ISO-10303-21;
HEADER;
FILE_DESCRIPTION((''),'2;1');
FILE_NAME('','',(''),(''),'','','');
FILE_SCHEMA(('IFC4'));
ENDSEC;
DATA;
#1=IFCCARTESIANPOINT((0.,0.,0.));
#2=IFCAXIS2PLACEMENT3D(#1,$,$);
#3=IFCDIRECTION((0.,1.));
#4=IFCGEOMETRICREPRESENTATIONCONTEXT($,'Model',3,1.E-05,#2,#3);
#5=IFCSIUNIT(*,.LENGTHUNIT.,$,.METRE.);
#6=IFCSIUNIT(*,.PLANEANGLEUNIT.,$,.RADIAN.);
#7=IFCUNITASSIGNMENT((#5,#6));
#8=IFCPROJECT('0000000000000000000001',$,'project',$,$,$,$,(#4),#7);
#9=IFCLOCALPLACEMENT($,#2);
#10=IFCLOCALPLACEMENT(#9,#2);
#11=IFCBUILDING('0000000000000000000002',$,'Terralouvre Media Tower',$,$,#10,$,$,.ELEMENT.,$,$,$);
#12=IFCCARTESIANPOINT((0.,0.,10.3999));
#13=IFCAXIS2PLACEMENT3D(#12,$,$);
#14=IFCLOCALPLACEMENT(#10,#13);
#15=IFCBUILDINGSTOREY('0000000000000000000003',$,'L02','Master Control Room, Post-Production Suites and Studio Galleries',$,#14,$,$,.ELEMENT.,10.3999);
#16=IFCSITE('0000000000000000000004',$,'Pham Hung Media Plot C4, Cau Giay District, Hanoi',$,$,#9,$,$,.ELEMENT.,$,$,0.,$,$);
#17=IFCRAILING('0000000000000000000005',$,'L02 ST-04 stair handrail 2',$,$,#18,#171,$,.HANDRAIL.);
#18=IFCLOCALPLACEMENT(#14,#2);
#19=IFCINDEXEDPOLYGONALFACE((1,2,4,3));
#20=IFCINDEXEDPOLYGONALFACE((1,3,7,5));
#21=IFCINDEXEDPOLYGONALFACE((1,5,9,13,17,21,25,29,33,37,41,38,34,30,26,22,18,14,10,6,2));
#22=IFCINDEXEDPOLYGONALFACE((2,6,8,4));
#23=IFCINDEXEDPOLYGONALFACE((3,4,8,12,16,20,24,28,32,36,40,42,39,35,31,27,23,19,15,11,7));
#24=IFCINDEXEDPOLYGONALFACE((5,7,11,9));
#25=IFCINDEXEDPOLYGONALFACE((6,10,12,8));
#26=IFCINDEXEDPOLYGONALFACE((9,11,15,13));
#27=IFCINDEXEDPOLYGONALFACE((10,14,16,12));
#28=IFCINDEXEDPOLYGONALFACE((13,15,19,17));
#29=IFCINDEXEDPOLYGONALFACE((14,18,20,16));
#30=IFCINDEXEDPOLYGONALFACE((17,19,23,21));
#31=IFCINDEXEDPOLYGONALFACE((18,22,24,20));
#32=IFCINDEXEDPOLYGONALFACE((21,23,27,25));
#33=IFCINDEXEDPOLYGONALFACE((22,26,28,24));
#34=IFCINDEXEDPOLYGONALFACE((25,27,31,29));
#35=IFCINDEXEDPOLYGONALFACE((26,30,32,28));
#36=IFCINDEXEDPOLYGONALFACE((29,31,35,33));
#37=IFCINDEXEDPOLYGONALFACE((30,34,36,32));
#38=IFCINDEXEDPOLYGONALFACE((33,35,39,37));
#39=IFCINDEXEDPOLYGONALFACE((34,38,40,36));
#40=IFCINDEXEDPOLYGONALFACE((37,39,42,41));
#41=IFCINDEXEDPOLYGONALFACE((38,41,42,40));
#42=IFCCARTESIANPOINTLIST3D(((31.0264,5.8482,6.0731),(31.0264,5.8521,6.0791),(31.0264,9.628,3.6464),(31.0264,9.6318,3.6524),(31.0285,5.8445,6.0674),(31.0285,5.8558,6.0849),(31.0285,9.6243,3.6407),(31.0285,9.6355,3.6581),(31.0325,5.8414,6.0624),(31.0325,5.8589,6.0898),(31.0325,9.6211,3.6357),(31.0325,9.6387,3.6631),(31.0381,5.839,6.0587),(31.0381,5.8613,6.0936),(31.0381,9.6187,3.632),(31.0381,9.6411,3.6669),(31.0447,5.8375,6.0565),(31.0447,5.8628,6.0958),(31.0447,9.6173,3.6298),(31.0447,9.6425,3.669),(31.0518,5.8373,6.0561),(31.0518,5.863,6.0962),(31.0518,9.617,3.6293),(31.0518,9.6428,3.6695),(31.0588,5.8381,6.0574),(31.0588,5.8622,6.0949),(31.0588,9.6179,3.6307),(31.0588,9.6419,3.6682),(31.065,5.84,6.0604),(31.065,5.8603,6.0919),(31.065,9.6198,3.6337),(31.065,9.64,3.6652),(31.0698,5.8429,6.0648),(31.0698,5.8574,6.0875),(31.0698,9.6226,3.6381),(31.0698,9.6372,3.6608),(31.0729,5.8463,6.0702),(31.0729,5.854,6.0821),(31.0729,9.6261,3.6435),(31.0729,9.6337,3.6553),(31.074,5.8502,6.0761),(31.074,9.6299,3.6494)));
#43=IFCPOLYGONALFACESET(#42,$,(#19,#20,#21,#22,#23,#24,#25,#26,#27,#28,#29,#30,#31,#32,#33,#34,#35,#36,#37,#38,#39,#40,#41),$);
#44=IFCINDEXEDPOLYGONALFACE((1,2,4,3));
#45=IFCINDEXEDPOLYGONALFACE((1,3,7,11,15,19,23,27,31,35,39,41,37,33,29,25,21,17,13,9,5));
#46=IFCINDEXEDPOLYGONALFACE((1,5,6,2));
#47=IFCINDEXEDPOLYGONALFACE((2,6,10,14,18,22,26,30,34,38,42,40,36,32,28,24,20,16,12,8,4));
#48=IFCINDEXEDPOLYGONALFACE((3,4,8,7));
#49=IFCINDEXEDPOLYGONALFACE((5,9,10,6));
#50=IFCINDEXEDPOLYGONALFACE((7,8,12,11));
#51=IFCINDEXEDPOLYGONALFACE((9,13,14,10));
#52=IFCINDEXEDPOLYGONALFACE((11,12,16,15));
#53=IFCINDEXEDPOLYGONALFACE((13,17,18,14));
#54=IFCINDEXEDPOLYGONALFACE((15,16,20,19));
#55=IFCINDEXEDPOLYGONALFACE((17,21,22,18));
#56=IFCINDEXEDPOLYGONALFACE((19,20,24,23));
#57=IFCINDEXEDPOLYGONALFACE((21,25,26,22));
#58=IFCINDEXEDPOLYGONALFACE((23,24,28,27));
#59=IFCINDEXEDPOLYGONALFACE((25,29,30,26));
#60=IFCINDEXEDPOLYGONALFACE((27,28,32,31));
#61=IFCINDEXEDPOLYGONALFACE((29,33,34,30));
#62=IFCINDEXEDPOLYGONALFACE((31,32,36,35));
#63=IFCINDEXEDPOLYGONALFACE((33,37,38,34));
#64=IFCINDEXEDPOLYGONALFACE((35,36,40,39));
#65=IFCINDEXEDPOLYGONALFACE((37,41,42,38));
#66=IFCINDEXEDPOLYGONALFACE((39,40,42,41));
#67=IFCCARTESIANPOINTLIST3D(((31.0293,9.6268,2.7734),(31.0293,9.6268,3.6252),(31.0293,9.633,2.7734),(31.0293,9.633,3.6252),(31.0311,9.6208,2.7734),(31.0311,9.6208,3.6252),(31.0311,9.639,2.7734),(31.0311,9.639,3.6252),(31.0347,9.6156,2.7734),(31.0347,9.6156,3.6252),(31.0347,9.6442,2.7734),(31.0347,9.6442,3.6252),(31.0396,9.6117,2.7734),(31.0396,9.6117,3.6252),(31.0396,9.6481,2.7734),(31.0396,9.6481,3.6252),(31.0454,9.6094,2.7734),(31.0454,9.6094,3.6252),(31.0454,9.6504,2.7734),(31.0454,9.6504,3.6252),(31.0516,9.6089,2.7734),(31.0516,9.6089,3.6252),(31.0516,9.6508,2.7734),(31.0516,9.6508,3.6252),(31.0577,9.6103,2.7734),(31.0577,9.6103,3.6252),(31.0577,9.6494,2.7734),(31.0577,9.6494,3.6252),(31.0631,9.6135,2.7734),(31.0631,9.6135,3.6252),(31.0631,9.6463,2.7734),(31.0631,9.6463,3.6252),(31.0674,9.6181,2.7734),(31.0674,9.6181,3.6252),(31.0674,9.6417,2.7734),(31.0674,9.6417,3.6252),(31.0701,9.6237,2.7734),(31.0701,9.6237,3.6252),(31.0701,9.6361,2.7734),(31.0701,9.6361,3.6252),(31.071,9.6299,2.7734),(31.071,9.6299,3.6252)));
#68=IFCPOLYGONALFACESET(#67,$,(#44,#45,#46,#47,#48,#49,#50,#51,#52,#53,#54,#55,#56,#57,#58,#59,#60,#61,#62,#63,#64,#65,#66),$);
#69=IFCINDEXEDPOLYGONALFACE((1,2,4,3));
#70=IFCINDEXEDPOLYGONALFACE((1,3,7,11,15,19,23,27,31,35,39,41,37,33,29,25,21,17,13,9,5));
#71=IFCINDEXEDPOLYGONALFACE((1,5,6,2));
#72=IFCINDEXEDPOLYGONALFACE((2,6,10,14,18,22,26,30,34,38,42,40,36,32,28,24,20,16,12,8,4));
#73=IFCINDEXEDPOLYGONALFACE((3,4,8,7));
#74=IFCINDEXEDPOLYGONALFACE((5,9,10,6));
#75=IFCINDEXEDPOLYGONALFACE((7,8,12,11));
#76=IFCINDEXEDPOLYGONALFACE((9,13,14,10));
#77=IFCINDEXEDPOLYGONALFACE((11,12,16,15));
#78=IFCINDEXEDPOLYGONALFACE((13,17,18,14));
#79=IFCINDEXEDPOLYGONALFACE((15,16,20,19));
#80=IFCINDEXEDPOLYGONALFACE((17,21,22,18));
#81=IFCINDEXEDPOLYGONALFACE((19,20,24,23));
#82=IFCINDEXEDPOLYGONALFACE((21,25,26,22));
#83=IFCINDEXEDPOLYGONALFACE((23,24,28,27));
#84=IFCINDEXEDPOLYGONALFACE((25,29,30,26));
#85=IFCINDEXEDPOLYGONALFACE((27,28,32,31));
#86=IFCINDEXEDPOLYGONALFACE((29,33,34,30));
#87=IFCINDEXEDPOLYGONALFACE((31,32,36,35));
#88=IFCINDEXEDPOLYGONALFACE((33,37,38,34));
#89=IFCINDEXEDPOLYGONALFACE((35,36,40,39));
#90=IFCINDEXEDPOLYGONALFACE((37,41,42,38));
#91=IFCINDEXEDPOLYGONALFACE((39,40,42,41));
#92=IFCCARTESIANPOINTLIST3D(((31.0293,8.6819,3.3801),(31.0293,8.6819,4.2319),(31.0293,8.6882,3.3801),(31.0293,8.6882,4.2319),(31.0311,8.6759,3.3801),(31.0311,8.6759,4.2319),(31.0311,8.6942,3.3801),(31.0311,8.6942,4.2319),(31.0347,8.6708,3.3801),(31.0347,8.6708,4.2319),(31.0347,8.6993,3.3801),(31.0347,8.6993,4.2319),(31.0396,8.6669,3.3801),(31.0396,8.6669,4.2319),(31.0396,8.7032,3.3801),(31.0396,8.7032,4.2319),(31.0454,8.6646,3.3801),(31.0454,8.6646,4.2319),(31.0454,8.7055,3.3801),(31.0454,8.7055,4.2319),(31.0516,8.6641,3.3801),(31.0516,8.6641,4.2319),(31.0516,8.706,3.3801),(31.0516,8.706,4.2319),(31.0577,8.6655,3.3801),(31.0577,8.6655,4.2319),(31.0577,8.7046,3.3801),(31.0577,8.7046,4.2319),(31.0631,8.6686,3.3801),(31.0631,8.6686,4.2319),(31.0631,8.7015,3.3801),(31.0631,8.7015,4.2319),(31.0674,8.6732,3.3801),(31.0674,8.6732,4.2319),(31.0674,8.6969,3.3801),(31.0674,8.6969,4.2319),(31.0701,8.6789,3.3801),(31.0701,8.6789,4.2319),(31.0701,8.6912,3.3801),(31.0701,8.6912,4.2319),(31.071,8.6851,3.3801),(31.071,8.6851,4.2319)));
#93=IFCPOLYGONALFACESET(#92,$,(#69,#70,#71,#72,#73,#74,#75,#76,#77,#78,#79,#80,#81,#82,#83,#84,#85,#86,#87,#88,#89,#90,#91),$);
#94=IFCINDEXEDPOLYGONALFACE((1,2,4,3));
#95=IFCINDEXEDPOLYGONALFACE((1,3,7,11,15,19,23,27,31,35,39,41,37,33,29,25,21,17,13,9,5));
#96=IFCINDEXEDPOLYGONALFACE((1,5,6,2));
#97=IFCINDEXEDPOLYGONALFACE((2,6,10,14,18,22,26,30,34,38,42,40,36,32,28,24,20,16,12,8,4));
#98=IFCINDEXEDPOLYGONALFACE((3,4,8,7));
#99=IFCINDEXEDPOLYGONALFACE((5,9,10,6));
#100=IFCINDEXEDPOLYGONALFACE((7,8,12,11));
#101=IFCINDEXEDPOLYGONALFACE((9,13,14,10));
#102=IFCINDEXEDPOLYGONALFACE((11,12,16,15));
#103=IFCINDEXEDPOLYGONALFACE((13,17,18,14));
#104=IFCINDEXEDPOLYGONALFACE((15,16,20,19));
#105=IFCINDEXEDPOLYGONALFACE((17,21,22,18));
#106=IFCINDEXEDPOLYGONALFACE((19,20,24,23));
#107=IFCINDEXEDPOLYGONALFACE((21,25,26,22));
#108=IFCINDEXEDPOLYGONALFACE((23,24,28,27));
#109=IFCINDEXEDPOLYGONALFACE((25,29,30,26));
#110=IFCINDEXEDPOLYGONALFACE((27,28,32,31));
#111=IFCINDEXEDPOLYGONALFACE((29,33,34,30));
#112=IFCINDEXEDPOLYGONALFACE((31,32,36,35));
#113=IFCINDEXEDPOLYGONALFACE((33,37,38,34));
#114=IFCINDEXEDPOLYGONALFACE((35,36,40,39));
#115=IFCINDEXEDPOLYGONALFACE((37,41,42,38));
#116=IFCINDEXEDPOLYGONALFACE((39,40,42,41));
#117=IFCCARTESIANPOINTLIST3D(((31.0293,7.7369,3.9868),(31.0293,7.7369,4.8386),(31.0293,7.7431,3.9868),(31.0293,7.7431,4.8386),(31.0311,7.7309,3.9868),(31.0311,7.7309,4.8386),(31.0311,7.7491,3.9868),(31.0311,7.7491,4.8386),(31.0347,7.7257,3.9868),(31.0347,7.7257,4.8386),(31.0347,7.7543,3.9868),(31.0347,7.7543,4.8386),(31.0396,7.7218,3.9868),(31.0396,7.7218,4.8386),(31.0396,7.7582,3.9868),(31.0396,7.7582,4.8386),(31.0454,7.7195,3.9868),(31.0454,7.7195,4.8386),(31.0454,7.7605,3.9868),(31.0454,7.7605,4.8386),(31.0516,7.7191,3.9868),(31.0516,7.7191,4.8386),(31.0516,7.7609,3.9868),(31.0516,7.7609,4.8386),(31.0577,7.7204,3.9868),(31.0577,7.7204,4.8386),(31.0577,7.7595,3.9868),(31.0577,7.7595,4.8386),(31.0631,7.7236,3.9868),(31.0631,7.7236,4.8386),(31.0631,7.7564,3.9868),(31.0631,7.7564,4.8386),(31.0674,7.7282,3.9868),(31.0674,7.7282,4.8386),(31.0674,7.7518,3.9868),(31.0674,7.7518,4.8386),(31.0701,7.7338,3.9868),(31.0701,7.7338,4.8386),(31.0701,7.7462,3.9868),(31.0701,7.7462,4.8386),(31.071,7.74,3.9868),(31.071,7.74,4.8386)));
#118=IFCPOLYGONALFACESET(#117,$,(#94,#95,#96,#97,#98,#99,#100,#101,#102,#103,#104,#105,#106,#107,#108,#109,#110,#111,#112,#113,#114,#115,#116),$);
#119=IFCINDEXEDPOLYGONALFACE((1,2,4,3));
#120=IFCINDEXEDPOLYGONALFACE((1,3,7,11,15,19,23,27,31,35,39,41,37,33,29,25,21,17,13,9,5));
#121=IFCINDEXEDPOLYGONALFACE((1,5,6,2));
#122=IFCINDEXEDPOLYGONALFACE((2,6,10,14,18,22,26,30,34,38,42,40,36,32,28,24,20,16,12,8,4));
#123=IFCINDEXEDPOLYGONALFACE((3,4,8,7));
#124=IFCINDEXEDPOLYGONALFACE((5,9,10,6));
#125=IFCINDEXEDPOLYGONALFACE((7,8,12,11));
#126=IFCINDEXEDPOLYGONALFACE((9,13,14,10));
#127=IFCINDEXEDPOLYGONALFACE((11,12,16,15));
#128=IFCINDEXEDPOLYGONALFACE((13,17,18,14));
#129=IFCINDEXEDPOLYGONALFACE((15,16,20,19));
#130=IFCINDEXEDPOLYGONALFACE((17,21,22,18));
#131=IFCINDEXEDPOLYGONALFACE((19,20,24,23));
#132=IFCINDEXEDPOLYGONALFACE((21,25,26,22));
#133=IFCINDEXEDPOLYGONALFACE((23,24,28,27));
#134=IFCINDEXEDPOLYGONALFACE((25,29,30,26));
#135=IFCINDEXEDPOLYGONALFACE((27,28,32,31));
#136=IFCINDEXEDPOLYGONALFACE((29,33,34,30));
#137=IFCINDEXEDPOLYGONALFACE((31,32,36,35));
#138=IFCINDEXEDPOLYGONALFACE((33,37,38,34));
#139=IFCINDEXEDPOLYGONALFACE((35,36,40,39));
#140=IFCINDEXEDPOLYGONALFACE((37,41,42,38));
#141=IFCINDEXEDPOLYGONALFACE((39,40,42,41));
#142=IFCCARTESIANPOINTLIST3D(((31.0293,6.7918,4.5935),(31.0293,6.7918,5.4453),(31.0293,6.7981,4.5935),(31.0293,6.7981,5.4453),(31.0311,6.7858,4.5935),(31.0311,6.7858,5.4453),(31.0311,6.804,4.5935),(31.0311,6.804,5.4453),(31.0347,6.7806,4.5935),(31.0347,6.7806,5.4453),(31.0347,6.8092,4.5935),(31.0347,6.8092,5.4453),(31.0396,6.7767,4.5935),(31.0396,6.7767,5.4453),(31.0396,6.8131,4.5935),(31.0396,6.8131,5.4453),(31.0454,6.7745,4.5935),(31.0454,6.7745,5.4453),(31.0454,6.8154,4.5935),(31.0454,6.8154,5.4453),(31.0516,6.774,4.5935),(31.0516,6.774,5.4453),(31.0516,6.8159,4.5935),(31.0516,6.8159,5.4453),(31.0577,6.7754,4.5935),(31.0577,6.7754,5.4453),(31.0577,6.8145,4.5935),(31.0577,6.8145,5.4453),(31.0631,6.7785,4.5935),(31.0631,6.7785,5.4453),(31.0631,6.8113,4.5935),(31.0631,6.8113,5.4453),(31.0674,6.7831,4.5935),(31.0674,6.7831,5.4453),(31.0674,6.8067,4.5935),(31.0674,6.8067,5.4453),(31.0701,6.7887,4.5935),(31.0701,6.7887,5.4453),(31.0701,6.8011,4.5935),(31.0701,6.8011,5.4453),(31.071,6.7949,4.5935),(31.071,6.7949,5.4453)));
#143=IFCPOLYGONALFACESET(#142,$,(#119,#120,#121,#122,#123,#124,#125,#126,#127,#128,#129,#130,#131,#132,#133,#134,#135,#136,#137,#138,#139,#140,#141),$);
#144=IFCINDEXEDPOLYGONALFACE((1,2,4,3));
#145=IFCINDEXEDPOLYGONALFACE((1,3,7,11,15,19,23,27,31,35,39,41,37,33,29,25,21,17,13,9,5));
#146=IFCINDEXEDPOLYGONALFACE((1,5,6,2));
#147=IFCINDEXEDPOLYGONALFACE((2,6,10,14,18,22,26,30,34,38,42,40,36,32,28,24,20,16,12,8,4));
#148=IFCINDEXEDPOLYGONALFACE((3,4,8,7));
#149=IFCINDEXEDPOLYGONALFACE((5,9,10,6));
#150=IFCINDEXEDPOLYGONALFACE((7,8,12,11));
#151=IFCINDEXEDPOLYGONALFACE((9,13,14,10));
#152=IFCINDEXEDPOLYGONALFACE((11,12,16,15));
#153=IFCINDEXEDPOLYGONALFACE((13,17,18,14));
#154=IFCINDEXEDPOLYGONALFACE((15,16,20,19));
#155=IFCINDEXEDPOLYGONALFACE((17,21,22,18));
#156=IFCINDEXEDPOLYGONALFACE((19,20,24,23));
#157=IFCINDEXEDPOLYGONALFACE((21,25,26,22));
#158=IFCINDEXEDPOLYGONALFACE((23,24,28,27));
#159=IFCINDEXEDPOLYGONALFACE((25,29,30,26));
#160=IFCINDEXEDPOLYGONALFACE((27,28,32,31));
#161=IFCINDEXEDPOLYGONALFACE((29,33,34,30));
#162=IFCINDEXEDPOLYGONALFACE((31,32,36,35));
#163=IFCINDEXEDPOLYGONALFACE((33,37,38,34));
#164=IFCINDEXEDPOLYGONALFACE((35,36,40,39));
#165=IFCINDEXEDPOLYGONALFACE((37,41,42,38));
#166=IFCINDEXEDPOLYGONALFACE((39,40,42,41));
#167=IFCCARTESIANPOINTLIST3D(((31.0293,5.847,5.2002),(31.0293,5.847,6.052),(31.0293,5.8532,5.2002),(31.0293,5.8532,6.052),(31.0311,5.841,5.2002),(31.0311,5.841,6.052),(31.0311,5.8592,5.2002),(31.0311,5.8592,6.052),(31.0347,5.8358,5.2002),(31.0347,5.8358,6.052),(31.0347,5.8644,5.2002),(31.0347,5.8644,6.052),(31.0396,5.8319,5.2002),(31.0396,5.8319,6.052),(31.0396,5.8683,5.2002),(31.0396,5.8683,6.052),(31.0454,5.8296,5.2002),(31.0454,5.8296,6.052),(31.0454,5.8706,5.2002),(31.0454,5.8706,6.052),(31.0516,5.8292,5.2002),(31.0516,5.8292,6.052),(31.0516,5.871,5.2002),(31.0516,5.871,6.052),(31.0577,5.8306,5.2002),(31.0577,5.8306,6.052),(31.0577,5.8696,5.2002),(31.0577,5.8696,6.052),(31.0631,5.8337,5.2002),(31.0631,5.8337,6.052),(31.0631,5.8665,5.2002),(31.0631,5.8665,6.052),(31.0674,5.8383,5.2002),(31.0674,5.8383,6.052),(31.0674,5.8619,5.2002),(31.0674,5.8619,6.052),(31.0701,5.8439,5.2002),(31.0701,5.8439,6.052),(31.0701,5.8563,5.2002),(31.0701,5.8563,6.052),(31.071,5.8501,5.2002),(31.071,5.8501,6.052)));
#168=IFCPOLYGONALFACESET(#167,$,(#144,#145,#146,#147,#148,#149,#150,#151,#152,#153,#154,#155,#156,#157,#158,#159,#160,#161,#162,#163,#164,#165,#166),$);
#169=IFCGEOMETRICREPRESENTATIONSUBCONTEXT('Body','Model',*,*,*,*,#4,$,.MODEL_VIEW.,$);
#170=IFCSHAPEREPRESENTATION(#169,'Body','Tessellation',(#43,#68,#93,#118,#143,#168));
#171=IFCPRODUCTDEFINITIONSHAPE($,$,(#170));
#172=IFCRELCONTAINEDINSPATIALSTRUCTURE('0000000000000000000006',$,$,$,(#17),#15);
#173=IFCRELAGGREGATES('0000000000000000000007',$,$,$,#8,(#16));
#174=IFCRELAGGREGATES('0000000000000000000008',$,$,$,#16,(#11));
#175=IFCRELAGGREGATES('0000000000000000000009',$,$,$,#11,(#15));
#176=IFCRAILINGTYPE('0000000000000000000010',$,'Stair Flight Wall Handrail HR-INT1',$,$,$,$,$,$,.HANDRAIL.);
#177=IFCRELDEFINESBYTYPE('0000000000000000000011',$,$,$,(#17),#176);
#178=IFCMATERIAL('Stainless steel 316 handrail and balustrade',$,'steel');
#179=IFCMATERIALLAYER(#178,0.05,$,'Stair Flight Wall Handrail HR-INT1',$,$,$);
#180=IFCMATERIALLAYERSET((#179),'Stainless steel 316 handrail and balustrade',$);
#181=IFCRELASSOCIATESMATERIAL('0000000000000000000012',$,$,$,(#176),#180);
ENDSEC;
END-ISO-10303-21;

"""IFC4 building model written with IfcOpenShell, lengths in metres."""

from ifc_helpers import new_model, si_unit, direction, frame, origin, origin_2d, place, context, subcontext, project, spatial, circle, extrude, material, layer, layer_set, type_object, element, save


model = new_model("IFC4")

# Units and contexts
model_context = context("Model", 3, precision=1e-05, world=origin(), true_north=direction((0.0, 1.0)))
body_context = subcontext(model_context, "Body", "Model", "MODEL_VIEW")
ifc_project = project(units=[si_unit("LENGTHUNIT", "METRE"), si_unit("PLANEANGLEUNIT", "RADIAN")], contexts=[model_context])

# Site, building, storey
site_placement = place(None, origin())
site = spatial("IfcSite", under=ifc_project, at=site_placement, Name="Pham Hung Media Plot C4, Cau Giay District, Hanoi", CompositionType="ELEMENT", RefElevation=0.0)
building_placement = place(site_placement, origin())
building = spatial("IfcBuilding", under=site, at=building_placement, Name="Terralouvre Media Tower", CompositionType="ELEMENT")
storey_placement = place(building_placement, frame((0.0, 0.0, 10.3999)))
storey = spatial("IfcBuildingStorey", under=building, at=storey_placement, Name="L02", Description="Master Control Room, Post-Production Suites and Studio Galleries", CompositionType="ELEMENT", Elevation=10.3999)

# Railing
ifc_material_1 = material(Name="Stainless steel 316 handrail and balustrade", Category="steel")
ifc_layer_1 = layer(ifc_material_1, 0.05, Name="Stair Flight Wall Handrail HR-INT1")
ifc_layer_set_1 = layer_set([ifc_layer_1], Name="Stainless steel 316 handrail and balustrade")
railing_type_1 = type_object("IfcRailingType", Name="Stair Flight Wall Handrail HR-INT1", PredefinedType="HANDRAIL", material=ifc_layer_set_1)
railing_1_placement = place(storey_placement, frame((31.05, 9.6299, 2.7734)))
element("IfcRailing", 1, at=railing_1_placement, inside=storey, type_object=railing_type_1, Name="L02 ST-04 stair handrail 2", PredefinedType="HANDRAIL", context=body_context, shape_type="SweptSolid", body=[
    extrude(circle(Radius=0.0239, at=origin_2d()), frame((0.0, 0.0, 0.876), z_axis=(0.0, -0.841493, 0.540269), x_axis=(1.0, 0.0, 0.0)), (0.0, 0.0, 1.0), 4.4917),
    extrude(circle(Radius=0.021, at=origin_2d()), origin(), (0.0, 0.0, 1.0), 0.8518),
    extrude(circle(Radius=0.021, at=origin_2d()), frame((0.0, -0.9448, 0.6067)), (0.0, 0.0, 1.0), 0.8518),
    extrude(circle(Radius=0.021, at=origin_2d()), frame((0.0, -1.8899, 1.2134)), (0.0, 0.0, 1.0), 0.8518),
    extrude(circle(Radius=0.021, at=origin_2d()), frame((0.0, -2.835, 1.8201)), (0.0, 0.0, 1.0), 0.8518),
    extrude(circle(Radius=0.021, at=origin_2d()), frame((0.0, -3.7798, 2.4268)), (0.0, 0.0, 1.0), 0.8518),
])

save(model, "model.ifc")
